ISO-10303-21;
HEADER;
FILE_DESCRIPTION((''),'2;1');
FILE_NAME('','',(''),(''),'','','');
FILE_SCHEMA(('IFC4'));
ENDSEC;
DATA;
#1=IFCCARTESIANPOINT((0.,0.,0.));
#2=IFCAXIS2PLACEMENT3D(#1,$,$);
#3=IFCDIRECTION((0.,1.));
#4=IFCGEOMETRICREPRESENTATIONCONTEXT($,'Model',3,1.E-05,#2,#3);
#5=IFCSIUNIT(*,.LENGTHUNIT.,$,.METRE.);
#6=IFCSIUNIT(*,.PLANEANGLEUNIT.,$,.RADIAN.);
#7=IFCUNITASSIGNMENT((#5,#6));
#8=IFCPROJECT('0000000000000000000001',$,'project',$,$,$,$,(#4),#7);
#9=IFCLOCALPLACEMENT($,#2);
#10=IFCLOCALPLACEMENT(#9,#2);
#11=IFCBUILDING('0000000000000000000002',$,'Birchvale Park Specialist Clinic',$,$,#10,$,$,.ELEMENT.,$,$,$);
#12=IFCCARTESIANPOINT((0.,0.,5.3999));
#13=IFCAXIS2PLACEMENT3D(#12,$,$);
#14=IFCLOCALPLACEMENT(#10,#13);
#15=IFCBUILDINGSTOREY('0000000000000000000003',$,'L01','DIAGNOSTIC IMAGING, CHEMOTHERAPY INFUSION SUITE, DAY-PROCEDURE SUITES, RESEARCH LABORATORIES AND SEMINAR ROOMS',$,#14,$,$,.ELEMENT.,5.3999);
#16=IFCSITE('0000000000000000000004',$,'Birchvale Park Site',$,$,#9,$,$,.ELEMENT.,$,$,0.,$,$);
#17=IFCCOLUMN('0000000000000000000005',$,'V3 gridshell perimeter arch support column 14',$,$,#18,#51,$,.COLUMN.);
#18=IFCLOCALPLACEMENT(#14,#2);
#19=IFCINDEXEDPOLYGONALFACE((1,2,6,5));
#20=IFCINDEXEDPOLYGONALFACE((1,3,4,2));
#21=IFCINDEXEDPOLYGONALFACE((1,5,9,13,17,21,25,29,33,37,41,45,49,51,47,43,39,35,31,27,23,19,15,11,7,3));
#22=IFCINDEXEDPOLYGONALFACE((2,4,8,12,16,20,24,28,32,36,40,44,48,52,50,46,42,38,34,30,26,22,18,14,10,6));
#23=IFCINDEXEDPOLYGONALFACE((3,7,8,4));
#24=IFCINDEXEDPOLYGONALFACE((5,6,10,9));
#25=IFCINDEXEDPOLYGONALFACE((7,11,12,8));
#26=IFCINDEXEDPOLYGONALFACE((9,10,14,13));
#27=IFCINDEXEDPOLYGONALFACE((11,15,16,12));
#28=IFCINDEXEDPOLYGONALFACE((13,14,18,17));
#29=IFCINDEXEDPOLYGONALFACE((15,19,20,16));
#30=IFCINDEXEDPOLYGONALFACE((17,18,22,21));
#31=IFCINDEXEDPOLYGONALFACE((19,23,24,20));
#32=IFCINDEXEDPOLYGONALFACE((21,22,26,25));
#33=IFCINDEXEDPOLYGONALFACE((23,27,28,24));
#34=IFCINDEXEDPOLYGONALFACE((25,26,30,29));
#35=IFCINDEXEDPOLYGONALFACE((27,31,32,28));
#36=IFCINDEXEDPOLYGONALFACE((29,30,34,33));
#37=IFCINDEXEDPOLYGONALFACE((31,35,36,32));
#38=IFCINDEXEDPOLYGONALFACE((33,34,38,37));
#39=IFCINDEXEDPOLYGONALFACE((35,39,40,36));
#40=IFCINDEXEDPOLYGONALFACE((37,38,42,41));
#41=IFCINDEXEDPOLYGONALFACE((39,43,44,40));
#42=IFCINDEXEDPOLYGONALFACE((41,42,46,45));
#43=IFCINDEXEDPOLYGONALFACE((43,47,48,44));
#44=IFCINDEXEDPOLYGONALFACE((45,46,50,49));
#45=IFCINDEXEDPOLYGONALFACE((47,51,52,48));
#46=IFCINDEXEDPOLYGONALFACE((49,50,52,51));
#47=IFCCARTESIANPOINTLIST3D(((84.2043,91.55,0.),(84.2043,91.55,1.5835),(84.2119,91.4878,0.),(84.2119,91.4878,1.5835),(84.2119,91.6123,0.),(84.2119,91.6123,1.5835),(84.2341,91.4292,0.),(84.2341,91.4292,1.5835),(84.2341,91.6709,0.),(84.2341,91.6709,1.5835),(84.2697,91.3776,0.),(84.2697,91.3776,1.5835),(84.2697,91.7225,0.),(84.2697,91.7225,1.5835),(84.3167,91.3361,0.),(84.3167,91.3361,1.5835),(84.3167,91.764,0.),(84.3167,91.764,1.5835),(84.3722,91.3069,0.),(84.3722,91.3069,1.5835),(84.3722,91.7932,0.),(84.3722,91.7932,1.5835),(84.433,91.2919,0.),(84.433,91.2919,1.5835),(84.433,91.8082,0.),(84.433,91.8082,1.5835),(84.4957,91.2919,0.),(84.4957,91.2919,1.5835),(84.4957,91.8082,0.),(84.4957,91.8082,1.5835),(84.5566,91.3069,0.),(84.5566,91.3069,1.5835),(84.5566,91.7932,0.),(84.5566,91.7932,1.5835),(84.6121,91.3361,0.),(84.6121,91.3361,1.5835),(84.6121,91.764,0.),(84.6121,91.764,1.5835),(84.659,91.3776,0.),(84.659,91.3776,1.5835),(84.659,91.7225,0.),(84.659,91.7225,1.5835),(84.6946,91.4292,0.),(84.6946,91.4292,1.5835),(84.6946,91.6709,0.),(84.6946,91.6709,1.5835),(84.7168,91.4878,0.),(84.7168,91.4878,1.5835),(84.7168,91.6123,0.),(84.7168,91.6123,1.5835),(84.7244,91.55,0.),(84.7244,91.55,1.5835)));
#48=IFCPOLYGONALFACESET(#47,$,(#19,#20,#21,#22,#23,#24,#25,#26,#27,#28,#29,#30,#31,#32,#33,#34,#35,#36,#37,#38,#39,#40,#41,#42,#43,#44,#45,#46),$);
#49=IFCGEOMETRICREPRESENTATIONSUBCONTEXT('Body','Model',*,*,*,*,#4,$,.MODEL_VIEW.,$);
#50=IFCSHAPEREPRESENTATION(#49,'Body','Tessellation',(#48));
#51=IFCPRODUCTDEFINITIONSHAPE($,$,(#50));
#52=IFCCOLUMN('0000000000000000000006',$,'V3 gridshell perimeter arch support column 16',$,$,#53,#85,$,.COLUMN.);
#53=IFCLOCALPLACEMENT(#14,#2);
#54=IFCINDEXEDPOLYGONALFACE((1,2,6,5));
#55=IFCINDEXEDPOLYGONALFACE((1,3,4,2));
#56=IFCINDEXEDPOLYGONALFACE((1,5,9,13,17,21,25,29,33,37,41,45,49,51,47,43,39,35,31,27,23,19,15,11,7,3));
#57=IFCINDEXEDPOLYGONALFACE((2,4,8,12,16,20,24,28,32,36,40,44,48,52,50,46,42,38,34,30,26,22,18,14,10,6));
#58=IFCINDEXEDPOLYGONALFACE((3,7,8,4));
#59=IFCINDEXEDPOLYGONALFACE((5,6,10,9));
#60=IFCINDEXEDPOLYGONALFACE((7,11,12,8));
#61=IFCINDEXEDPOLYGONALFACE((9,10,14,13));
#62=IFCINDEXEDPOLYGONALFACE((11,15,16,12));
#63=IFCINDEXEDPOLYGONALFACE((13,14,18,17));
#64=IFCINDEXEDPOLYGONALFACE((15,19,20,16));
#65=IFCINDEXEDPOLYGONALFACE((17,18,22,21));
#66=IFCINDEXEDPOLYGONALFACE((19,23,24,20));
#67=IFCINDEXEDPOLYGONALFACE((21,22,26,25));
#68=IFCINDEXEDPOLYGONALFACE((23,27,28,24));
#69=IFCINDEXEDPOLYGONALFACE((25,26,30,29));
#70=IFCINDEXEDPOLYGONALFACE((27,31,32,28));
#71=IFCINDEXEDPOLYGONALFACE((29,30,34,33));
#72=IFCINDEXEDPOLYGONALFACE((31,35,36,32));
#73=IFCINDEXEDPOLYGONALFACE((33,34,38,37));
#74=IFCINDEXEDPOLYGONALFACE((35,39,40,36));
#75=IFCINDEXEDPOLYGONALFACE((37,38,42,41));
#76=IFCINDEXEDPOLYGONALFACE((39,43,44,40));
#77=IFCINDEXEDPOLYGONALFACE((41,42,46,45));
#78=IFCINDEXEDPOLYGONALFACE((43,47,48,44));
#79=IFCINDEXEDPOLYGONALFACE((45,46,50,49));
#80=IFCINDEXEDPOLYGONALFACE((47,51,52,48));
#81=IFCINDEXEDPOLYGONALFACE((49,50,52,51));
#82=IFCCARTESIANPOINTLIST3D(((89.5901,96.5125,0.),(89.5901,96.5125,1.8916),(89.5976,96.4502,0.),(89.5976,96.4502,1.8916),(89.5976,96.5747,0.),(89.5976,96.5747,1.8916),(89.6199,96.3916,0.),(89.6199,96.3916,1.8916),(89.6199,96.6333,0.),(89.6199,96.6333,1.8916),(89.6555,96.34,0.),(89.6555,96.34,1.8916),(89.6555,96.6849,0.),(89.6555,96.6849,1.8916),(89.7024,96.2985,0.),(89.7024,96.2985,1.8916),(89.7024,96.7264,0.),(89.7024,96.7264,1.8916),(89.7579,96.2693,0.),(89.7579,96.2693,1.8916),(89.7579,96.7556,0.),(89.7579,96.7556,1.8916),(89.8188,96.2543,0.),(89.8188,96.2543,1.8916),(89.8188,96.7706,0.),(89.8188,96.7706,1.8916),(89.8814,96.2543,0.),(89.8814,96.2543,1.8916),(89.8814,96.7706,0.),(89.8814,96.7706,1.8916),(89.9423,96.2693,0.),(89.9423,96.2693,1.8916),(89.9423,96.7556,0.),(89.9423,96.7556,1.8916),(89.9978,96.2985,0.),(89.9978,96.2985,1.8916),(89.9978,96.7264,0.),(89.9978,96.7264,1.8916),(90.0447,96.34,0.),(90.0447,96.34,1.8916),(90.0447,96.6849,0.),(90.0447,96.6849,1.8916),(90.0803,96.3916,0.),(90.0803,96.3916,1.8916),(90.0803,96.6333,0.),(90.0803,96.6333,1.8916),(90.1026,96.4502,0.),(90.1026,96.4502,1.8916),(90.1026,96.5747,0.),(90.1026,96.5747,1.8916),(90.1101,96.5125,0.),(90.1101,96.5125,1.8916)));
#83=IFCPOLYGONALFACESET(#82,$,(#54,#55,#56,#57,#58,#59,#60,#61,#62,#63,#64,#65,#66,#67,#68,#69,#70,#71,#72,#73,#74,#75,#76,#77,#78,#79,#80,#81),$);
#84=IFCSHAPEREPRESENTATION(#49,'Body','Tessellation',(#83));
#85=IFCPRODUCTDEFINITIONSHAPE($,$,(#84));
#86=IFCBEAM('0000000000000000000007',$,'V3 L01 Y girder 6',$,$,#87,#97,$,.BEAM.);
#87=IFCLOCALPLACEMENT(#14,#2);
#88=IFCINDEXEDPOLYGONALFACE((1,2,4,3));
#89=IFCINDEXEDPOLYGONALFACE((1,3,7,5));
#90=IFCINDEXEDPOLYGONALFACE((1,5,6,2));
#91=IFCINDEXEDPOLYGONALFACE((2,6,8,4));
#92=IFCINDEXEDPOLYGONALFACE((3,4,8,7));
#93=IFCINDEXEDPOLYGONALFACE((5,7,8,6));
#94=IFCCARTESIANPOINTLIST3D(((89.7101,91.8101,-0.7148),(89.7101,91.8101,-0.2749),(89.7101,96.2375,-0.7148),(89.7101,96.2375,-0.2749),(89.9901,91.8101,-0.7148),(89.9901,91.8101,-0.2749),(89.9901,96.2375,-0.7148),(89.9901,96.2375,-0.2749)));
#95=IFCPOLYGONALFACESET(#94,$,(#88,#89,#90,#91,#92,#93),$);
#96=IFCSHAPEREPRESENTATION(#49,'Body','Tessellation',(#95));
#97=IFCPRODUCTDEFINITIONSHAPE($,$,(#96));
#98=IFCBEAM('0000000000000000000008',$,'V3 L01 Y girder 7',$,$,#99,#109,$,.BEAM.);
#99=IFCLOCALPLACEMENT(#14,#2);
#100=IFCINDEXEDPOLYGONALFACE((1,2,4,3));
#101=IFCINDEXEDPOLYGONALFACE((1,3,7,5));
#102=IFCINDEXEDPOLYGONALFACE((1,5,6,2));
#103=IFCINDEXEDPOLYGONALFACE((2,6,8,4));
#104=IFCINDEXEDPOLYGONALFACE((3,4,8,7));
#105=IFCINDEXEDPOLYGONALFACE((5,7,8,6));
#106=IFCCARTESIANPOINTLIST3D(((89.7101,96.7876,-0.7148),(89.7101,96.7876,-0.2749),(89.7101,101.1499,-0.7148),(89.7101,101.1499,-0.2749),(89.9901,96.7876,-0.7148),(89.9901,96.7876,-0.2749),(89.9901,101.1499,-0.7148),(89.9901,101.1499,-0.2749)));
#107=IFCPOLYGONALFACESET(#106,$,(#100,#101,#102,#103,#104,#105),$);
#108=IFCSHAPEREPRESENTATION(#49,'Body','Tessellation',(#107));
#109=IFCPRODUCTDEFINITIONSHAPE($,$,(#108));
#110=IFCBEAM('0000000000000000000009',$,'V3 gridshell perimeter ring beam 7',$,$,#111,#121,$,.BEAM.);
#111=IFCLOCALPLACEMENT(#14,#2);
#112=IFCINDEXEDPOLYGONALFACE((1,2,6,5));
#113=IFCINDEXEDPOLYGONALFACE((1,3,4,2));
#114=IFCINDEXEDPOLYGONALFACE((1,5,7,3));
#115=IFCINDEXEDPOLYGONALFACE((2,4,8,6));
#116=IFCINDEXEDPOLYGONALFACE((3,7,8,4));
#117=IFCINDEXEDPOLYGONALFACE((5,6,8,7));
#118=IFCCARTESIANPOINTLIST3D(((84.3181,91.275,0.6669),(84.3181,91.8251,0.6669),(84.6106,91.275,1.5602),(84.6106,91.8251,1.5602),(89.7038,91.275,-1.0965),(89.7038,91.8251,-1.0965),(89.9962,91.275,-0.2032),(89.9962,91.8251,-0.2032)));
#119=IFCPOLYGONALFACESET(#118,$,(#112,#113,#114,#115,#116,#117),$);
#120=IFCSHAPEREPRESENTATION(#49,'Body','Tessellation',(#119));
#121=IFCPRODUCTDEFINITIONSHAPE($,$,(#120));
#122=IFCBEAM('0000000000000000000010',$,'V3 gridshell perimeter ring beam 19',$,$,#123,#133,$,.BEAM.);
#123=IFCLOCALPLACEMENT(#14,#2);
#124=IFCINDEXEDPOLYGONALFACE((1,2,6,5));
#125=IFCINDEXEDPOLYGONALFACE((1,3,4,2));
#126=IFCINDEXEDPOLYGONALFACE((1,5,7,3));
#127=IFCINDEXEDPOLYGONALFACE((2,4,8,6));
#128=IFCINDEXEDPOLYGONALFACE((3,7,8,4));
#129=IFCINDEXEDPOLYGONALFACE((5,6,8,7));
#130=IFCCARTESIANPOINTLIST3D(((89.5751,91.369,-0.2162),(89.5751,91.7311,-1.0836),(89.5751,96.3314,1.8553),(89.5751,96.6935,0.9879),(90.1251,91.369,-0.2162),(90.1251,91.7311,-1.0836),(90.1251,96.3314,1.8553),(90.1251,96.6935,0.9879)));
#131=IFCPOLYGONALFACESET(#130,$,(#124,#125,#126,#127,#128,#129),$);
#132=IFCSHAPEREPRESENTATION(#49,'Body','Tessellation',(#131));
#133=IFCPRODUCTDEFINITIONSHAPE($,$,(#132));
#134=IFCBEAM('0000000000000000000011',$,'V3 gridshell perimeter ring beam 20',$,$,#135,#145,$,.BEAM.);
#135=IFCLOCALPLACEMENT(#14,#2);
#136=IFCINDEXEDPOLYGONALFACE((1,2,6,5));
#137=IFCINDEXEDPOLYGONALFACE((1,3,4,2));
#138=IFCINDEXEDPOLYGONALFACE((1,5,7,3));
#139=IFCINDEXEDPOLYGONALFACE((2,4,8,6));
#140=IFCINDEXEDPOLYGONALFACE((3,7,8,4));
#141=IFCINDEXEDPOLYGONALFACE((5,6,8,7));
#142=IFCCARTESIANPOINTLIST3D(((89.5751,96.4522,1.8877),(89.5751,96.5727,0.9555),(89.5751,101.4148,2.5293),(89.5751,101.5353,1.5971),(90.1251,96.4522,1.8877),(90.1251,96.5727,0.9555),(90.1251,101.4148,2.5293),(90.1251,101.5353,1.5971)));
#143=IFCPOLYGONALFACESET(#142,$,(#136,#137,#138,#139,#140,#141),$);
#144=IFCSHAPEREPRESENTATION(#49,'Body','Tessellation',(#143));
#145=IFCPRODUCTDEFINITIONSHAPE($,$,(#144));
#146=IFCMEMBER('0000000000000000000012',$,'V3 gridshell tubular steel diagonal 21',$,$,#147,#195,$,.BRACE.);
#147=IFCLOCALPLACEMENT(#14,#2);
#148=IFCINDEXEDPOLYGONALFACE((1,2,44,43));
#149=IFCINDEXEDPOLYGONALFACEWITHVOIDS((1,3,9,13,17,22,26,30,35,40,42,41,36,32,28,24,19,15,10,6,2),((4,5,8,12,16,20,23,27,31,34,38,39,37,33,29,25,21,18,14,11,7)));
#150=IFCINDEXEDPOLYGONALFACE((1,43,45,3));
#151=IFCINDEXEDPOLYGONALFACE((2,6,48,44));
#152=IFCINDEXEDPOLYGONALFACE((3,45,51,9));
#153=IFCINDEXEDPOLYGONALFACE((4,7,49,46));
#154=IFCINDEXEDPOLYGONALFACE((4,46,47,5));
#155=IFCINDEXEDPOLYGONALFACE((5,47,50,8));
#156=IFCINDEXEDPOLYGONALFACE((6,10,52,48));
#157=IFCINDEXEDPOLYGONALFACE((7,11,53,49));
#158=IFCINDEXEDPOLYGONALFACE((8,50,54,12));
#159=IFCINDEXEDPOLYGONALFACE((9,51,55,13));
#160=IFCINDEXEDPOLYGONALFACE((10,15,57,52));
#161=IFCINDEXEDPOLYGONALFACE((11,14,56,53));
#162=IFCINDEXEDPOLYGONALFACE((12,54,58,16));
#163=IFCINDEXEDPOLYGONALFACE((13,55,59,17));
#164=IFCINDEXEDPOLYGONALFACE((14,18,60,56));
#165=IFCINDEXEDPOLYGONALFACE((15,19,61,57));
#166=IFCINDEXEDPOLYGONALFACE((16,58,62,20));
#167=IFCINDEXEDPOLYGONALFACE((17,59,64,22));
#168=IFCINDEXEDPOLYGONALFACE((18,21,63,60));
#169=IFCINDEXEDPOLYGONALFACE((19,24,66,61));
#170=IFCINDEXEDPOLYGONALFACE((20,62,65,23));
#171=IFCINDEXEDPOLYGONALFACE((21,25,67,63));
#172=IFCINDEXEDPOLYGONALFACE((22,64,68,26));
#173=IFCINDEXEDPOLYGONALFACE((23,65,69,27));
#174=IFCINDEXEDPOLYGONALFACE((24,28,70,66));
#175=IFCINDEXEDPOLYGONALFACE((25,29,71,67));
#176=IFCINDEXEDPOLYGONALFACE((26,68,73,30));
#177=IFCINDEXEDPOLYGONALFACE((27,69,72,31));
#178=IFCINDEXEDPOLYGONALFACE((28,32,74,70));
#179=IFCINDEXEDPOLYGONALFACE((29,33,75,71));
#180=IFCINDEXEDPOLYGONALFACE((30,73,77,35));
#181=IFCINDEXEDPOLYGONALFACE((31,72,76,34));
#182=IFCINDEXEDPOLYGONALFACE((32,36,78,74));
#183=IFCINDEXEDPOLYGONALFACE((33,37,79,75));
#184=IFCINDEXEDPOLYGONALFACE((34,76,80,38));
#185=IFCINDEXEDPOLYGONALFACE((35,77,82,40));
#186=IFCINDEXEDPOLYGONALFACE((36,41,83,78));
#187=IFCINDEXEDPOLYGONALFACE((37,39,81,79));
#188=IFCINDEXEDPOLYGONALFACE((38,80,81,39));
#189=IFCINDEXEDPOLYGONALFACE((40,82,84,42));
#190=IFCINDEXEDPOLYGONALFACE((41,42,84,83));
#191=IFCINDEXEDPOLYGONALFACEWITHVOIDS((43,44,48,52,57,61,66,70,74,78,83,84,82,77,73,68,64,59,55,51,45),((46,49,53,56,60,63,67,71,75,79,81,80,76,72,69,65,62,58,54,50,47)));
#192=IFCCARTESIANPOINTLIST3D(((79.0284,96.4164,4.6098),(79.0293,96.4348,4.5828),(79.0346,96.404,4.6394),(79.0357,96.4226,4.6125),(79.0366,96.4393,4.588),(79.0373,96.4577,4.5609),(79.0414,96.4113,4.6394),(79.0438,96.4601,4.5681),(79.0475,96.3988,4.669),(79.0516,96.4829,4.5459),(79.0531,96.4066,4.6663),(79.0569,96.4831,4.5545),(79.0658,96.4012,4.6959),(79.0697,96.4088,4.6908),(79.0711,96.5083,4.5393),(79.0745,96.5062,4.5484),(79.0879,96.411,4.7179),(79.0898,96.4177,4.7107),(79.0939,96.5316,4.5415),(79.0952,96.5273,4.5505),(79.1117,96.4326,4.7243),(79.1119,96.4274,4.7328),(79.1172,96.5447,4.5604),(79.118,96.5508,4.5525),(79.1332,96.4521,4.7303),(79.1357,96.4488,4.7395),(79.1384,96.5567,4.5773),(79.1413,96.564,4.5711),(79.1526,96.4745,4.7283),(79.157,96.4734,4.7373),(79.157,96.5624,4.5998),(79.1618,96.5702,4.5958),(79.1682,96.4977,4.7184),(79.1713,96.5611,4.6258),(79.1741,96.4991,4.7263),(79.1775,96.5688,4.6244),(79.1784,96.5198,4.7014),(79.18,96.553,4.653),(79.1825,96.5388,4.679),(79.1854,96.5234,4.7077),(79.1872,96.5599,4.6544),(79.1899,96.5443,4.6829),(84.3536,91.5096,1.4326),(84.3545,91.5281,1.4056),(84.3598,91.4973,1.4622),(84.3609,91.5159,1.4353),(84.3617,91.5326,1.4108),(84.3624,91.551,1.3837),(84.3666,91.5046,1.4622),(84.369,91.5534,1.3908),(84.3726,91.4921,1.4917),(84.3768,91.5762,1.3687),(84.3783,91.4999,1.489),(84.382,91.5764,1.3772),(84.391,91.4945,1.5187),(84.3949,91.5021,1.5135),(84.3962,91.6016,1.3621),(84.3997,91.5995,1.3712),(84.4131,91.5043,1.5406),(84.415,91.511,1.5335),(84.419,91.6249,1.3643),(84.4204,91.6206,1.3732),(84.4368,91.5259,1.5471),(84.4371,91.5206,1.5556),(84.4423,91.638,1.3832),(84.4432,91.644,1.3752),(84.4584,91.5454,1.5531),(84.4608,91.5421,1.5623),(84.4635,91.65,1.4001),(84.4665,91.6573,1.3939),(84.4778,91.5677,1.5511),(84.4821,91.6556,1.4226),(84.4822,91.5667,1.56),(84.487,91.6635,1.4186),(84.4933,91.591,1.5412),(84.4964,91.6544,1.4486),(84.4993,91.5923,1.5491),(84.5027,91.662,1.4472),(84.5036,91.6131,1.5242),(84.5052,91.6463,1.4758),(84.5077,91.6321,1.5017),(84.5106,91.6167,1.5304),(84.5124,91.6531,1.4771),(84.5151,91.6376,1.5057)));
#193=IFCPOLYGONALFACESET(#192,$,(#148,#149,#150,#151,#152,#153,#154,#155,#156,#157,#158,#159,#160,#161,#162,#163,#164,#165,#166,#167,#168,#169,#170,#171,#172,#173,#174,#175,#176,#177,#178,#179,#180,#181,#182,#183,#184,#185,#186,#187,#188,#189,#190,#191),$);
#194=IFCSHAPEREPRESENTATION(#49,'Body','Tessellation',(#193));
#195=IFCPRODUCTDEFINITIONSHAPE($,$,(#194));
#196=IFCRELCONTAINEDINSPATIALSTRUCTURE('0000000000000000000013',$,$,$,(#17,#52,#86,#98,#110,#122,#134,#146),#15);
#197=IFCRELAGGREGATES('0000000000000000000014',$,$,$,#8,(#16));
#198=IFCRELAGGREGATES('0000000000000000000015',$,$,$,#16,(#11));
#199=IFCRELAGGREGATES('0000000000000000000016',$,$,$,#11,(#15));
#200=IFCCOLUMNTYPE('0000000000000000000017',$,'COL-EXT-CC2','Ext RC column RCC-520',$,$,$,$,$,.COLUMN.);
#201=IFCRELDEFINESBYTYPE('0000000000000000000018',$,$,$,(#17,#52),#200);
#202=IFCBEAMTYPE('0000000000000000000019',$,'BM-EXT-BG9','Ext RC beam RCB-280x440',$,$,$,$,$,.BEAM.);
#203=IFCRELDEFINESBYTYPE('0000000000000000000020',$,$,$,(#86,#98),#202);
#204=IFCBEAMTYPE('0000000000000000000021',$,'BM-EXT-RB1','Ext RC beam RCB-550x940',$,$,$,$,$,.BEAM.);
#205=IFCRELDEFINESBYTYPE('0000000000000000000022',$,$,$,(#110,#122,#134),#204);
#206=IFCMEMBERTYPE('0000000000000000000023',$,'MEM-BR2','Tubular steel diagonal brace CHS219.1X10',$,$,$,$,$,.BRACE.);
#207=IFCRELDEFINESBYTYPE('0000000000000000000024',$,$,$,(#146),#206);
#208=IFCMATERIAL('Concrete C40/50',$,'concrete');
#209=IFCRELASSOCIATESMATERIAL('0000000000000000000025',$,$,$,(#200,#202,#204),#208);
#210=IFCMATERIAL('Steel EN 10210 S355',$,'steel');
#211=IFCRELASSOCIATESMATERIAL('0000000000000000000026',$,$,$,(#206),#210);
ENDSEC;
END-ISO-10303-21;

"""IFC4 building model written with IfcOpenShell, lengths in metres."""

from ifc_helpers import new_model, si_unit, direction, frame, origin, origin_2d, place, context, subcontext, project, spatial, rectangle, circle, hollow_circle, extrude, material, material_profile, profile_set, type_object, element, save


model = new_model("IFC4")

# Units and contexts
model_context = context("Model", 3, precision=1e-05, world=origin(), true_north=direction((0.0, 1.0)))
body_context = subcontext(model_context, "Body", "Model", "MODEL_VIEW")
ifc_project = project(units=[si_unit("LENGTHUNIT", "METRE"), si_unit("PLANEANGLEUNIT", "RADIAN")], contexts=[model_context])

# Site, building, storey
site_placement = place(None, origin())
site = spatial("IfcSite", under=ifc_project, at=site_placement, Name="Birchvale Park Site", CompositionType="ELEMENT", RefElevation=0.0)
building_placement = place(site_placement, origin())
building = spatial("IfcBuilding", under=site, at=building_placement, Name="Birchvale Park Specialist Clinic", CompositionType="ELEMENT")
storey_placement = place(building_placement, frame((0.0, 0.0, 5.3999)))
storey = spatial("IfcBuildingStorey", under=building, at=storey_placement, Name="L01", Description="DIAGNOSTIC IMAGING, CHEMOTHERAPY INFUSION SUITE, DAY-PROCEDURE SUITES, RESEARCH LABORATORIES AND SEMINAR ROOMS", CompositionType="ELEMENT", Elevation=5.3999)

# Columns
ifc_material_1 = material(Name="Concrete C40/50", Category="concrete")
ifc_material_profile_1 = material_profile(ifc_material_1, circle(Radius=0.26, at=origin_2d()), Name="RCC-520")
ifc_profile_set_1 = profile_set([ifc_material_profile_1], Name="Concrete C40/50")
column_type = type_object("IfcColumnType", Name="COL-EXT-CC2", Description="Ext RC column RCC-520", PredefinedType="COLUMN", material=ifc_profile_set_1)
column_1_placement = place(storey_placement, frame((84.4644, 91.55, 0.0), z_axis=(0.0, 0.0, 1.0), x_axis=(1.0, 0.0, 0.0)))
element("IfcColumn", 1, at=column_1_placement, inside=storey, type_object=column_type, Name="V3 gridshell perimeter arch support column 14", PredefinedType="COLUMN", context=body_context, shape_type="SweptSolid", body=[
    extrude(circle(Radius=0.26, at=origin_2d()), origin(), (0.0, 0.0, 1.0), 1.5835),
])
column_2_placement = place(storey_placement, frame((89.8501, 96.5125, 0.0), z_axis=(0.0, 0.0, 1.0), x_axis=(1.0, 0.0, 0.0)))
element("IfcColumn", 2, at=column_2_placement, inside=storey, type_object=column_type, Name="V3 gridshell perimeter arch support column 16", PredefinedType="COLUMN", context=body_context, shape_type="SweptSolid", body=[
    extrude(circle(Radius=0.26, at=origin_2d()), origin(), (0.0, 0.0, 1.0), 1.8916),
])

# Beams
ifc_material_profile_2 = material_profile(ifc_material_1, rectangle(XDim=0.28, YDim=0.4399, at=origin_2d()), Name="RCB-280x440")
ifc_profile_set_2 = profile_set([ifc_material_profile_2], Name="Concrete C40/50")
beam_type_1 = type_object("IfcBeamType", Name="BM-EXT-BG9", Description="Ext RC beam RCB-280x440", PredefinedType="BEAM", material=ifc_profile_set_2)
beam_1_placement = place(storey_placement, frame((89.8501, 91.8101, -0.4949), z_axis=(0.0, 1.0, 0.0), x_axis=(-1.0, 0.0, 0.0)))
element("IfcBeam", 3, at=beam_1_placement, inside=storey, type_object=beam_type_1, Name="V3 L01 Y girder 6", PredefinedType="BEAM", context=body_context, shape_type="SweptSolid", body=[
    extrude(rectangle(XDim=0.28, YDim=0.4399, at=origin_2d()), origin(), (0.0, 0.0, 1.0), 4.4275),
])
beam_2_placement = place(storey_placement, frame((89.8501, 96.7876, -0.4949), z_axis=(0.0, 1.0, 0.0), x_axis=(-1.0, 0.0, 0.0)))
element("IfcBeam", 4, at=beam_2_placement, inside=storey, type_object=beam_type_1, Name="V3 L01 Y girder 7", PredefinedType="BEAM", context=body_context, shape_type="SweptSolid", body=[
    extrude(rectangle(XDim=0.28, YDim=0.4399, at=origin_2d()), origin(), (0.0, 0.0, 1.0), 4.3623),
])
ifc_material_profile_3 = material_profile(ifc_material_1, rectangle(XDim=0.55, YDim=0.9399, at=origin_2d()), Name="RCB-550x940")
ifc_profile_set_3 = profile_set([ifc_material_profile_3], Name="Concrete C40/50")
beam_type_2 = type_object("IfcBeamType", Name="BM-EXT-RB1", Description="Ext RC beam RCB-550x940", PredefinedType="BEAM", material=ifc_profile_set_3)
beam_3_placement = place(storey_placement, frame((84.4644, 91.55, 1.1135), z_axis=(0.950354, 0.0, -0.31117), x_axis=(0.0, 1.0, 0.0)))
element("IfcBeam", 5, at=beam_3_placement, inside=storey, type_object=beam_type_2, Name="V3 gridshell perimeter ring beam 7", PredefinedType="BEAM", context=body_context, shape_type="SweptSolid", body=[
    extrude(rectangle(XDim=0.55, YDim=0.9399, at=origin_2d()), origin(), (0.0, 0.0, 1.0), 5.667),
])
beam_4_placement = place(storey_placement, frame((89.8501, 91.55, -0.6499), z_axis=(0.0, 0.922822, 0.385228), x_axis=(-1.0, 0.0, 0.0)))
element("IfcBeam", 6, at=beam_4_placement, inside=storey, type_object=beam_type_2, Name="V3 gridshell perimeter ring beam 19", PredefinedType="BEAM", context=body_context, shape_type="SweptSolid", body=[
    extrude(rectangle(XDim=0.55, YDim=0.9399, at=origin_2d()), origin(), (0.0, 0.0, 1.0), 5.3774),
])
beam_5_placement = place(storey_placement, frame((89.8501, 96.5125, 1.4216), z_axis=(0.0, 0.991746, 0.128219), x_axis=(-1.0, 0.0, 0.0)))
element("IfcBeam", 7, at=beam_5_placement, inside=storey, type_object=beam_type_2, Name="V3 gridshell perimeter ring beam 20", PredefinedType="BEAM", context=body_context, shape_type="SweptSolid", body=[
    extrude(rectangle(XDim=0.55, YDim=0.9399, at=origin_2d()), origin(), (0.0, 0.0, 1.0), 5.0039),
])

# Member
ifc_material_2 = material(Name="Steel EN 10210 S355", Category="steel")
ifc_material_profile_4 = material_profile(ifc_material_2, hollow_circle(Radius=0.1096, WallThickness=0.01, at=origin_2d()), Name="CHS219.1X10")
ifc_profile_set_4 = profile_set([ifc_material_profile_4], Name="Steel EN 10210 S355")
member_type_1 = type_object("IfcMemberType", Name="MEM-BR2", Description="Tubular steel diagonal brace CHS219.1X10", PredefinedType="BRACE", material=ifc_profile_set_4)
member_1_placement = place(storey_placement, frame((84.4341, 91.5779, 1.4622), z_axis=(-0.673435, 0.620516, 0.401801), x_axis=(-0.677622, -0.735411, 0.0)))
element("IfcMember", 8, at=member_1_placement, inside=storey, type_object=member_type_1, Name="V3 gridshell tubular steel diagonal 21", PredefinedType="BRACE", context=body_context, shape_type="SweptSolid", body=[
    extrude(hollow_circle(Radius=0.1096, WallThickness=0.01, at=origin_2d()), origin(), (0.0, 0.0, 1.0), 7.9075),
])

save(model, "model.ifc")
